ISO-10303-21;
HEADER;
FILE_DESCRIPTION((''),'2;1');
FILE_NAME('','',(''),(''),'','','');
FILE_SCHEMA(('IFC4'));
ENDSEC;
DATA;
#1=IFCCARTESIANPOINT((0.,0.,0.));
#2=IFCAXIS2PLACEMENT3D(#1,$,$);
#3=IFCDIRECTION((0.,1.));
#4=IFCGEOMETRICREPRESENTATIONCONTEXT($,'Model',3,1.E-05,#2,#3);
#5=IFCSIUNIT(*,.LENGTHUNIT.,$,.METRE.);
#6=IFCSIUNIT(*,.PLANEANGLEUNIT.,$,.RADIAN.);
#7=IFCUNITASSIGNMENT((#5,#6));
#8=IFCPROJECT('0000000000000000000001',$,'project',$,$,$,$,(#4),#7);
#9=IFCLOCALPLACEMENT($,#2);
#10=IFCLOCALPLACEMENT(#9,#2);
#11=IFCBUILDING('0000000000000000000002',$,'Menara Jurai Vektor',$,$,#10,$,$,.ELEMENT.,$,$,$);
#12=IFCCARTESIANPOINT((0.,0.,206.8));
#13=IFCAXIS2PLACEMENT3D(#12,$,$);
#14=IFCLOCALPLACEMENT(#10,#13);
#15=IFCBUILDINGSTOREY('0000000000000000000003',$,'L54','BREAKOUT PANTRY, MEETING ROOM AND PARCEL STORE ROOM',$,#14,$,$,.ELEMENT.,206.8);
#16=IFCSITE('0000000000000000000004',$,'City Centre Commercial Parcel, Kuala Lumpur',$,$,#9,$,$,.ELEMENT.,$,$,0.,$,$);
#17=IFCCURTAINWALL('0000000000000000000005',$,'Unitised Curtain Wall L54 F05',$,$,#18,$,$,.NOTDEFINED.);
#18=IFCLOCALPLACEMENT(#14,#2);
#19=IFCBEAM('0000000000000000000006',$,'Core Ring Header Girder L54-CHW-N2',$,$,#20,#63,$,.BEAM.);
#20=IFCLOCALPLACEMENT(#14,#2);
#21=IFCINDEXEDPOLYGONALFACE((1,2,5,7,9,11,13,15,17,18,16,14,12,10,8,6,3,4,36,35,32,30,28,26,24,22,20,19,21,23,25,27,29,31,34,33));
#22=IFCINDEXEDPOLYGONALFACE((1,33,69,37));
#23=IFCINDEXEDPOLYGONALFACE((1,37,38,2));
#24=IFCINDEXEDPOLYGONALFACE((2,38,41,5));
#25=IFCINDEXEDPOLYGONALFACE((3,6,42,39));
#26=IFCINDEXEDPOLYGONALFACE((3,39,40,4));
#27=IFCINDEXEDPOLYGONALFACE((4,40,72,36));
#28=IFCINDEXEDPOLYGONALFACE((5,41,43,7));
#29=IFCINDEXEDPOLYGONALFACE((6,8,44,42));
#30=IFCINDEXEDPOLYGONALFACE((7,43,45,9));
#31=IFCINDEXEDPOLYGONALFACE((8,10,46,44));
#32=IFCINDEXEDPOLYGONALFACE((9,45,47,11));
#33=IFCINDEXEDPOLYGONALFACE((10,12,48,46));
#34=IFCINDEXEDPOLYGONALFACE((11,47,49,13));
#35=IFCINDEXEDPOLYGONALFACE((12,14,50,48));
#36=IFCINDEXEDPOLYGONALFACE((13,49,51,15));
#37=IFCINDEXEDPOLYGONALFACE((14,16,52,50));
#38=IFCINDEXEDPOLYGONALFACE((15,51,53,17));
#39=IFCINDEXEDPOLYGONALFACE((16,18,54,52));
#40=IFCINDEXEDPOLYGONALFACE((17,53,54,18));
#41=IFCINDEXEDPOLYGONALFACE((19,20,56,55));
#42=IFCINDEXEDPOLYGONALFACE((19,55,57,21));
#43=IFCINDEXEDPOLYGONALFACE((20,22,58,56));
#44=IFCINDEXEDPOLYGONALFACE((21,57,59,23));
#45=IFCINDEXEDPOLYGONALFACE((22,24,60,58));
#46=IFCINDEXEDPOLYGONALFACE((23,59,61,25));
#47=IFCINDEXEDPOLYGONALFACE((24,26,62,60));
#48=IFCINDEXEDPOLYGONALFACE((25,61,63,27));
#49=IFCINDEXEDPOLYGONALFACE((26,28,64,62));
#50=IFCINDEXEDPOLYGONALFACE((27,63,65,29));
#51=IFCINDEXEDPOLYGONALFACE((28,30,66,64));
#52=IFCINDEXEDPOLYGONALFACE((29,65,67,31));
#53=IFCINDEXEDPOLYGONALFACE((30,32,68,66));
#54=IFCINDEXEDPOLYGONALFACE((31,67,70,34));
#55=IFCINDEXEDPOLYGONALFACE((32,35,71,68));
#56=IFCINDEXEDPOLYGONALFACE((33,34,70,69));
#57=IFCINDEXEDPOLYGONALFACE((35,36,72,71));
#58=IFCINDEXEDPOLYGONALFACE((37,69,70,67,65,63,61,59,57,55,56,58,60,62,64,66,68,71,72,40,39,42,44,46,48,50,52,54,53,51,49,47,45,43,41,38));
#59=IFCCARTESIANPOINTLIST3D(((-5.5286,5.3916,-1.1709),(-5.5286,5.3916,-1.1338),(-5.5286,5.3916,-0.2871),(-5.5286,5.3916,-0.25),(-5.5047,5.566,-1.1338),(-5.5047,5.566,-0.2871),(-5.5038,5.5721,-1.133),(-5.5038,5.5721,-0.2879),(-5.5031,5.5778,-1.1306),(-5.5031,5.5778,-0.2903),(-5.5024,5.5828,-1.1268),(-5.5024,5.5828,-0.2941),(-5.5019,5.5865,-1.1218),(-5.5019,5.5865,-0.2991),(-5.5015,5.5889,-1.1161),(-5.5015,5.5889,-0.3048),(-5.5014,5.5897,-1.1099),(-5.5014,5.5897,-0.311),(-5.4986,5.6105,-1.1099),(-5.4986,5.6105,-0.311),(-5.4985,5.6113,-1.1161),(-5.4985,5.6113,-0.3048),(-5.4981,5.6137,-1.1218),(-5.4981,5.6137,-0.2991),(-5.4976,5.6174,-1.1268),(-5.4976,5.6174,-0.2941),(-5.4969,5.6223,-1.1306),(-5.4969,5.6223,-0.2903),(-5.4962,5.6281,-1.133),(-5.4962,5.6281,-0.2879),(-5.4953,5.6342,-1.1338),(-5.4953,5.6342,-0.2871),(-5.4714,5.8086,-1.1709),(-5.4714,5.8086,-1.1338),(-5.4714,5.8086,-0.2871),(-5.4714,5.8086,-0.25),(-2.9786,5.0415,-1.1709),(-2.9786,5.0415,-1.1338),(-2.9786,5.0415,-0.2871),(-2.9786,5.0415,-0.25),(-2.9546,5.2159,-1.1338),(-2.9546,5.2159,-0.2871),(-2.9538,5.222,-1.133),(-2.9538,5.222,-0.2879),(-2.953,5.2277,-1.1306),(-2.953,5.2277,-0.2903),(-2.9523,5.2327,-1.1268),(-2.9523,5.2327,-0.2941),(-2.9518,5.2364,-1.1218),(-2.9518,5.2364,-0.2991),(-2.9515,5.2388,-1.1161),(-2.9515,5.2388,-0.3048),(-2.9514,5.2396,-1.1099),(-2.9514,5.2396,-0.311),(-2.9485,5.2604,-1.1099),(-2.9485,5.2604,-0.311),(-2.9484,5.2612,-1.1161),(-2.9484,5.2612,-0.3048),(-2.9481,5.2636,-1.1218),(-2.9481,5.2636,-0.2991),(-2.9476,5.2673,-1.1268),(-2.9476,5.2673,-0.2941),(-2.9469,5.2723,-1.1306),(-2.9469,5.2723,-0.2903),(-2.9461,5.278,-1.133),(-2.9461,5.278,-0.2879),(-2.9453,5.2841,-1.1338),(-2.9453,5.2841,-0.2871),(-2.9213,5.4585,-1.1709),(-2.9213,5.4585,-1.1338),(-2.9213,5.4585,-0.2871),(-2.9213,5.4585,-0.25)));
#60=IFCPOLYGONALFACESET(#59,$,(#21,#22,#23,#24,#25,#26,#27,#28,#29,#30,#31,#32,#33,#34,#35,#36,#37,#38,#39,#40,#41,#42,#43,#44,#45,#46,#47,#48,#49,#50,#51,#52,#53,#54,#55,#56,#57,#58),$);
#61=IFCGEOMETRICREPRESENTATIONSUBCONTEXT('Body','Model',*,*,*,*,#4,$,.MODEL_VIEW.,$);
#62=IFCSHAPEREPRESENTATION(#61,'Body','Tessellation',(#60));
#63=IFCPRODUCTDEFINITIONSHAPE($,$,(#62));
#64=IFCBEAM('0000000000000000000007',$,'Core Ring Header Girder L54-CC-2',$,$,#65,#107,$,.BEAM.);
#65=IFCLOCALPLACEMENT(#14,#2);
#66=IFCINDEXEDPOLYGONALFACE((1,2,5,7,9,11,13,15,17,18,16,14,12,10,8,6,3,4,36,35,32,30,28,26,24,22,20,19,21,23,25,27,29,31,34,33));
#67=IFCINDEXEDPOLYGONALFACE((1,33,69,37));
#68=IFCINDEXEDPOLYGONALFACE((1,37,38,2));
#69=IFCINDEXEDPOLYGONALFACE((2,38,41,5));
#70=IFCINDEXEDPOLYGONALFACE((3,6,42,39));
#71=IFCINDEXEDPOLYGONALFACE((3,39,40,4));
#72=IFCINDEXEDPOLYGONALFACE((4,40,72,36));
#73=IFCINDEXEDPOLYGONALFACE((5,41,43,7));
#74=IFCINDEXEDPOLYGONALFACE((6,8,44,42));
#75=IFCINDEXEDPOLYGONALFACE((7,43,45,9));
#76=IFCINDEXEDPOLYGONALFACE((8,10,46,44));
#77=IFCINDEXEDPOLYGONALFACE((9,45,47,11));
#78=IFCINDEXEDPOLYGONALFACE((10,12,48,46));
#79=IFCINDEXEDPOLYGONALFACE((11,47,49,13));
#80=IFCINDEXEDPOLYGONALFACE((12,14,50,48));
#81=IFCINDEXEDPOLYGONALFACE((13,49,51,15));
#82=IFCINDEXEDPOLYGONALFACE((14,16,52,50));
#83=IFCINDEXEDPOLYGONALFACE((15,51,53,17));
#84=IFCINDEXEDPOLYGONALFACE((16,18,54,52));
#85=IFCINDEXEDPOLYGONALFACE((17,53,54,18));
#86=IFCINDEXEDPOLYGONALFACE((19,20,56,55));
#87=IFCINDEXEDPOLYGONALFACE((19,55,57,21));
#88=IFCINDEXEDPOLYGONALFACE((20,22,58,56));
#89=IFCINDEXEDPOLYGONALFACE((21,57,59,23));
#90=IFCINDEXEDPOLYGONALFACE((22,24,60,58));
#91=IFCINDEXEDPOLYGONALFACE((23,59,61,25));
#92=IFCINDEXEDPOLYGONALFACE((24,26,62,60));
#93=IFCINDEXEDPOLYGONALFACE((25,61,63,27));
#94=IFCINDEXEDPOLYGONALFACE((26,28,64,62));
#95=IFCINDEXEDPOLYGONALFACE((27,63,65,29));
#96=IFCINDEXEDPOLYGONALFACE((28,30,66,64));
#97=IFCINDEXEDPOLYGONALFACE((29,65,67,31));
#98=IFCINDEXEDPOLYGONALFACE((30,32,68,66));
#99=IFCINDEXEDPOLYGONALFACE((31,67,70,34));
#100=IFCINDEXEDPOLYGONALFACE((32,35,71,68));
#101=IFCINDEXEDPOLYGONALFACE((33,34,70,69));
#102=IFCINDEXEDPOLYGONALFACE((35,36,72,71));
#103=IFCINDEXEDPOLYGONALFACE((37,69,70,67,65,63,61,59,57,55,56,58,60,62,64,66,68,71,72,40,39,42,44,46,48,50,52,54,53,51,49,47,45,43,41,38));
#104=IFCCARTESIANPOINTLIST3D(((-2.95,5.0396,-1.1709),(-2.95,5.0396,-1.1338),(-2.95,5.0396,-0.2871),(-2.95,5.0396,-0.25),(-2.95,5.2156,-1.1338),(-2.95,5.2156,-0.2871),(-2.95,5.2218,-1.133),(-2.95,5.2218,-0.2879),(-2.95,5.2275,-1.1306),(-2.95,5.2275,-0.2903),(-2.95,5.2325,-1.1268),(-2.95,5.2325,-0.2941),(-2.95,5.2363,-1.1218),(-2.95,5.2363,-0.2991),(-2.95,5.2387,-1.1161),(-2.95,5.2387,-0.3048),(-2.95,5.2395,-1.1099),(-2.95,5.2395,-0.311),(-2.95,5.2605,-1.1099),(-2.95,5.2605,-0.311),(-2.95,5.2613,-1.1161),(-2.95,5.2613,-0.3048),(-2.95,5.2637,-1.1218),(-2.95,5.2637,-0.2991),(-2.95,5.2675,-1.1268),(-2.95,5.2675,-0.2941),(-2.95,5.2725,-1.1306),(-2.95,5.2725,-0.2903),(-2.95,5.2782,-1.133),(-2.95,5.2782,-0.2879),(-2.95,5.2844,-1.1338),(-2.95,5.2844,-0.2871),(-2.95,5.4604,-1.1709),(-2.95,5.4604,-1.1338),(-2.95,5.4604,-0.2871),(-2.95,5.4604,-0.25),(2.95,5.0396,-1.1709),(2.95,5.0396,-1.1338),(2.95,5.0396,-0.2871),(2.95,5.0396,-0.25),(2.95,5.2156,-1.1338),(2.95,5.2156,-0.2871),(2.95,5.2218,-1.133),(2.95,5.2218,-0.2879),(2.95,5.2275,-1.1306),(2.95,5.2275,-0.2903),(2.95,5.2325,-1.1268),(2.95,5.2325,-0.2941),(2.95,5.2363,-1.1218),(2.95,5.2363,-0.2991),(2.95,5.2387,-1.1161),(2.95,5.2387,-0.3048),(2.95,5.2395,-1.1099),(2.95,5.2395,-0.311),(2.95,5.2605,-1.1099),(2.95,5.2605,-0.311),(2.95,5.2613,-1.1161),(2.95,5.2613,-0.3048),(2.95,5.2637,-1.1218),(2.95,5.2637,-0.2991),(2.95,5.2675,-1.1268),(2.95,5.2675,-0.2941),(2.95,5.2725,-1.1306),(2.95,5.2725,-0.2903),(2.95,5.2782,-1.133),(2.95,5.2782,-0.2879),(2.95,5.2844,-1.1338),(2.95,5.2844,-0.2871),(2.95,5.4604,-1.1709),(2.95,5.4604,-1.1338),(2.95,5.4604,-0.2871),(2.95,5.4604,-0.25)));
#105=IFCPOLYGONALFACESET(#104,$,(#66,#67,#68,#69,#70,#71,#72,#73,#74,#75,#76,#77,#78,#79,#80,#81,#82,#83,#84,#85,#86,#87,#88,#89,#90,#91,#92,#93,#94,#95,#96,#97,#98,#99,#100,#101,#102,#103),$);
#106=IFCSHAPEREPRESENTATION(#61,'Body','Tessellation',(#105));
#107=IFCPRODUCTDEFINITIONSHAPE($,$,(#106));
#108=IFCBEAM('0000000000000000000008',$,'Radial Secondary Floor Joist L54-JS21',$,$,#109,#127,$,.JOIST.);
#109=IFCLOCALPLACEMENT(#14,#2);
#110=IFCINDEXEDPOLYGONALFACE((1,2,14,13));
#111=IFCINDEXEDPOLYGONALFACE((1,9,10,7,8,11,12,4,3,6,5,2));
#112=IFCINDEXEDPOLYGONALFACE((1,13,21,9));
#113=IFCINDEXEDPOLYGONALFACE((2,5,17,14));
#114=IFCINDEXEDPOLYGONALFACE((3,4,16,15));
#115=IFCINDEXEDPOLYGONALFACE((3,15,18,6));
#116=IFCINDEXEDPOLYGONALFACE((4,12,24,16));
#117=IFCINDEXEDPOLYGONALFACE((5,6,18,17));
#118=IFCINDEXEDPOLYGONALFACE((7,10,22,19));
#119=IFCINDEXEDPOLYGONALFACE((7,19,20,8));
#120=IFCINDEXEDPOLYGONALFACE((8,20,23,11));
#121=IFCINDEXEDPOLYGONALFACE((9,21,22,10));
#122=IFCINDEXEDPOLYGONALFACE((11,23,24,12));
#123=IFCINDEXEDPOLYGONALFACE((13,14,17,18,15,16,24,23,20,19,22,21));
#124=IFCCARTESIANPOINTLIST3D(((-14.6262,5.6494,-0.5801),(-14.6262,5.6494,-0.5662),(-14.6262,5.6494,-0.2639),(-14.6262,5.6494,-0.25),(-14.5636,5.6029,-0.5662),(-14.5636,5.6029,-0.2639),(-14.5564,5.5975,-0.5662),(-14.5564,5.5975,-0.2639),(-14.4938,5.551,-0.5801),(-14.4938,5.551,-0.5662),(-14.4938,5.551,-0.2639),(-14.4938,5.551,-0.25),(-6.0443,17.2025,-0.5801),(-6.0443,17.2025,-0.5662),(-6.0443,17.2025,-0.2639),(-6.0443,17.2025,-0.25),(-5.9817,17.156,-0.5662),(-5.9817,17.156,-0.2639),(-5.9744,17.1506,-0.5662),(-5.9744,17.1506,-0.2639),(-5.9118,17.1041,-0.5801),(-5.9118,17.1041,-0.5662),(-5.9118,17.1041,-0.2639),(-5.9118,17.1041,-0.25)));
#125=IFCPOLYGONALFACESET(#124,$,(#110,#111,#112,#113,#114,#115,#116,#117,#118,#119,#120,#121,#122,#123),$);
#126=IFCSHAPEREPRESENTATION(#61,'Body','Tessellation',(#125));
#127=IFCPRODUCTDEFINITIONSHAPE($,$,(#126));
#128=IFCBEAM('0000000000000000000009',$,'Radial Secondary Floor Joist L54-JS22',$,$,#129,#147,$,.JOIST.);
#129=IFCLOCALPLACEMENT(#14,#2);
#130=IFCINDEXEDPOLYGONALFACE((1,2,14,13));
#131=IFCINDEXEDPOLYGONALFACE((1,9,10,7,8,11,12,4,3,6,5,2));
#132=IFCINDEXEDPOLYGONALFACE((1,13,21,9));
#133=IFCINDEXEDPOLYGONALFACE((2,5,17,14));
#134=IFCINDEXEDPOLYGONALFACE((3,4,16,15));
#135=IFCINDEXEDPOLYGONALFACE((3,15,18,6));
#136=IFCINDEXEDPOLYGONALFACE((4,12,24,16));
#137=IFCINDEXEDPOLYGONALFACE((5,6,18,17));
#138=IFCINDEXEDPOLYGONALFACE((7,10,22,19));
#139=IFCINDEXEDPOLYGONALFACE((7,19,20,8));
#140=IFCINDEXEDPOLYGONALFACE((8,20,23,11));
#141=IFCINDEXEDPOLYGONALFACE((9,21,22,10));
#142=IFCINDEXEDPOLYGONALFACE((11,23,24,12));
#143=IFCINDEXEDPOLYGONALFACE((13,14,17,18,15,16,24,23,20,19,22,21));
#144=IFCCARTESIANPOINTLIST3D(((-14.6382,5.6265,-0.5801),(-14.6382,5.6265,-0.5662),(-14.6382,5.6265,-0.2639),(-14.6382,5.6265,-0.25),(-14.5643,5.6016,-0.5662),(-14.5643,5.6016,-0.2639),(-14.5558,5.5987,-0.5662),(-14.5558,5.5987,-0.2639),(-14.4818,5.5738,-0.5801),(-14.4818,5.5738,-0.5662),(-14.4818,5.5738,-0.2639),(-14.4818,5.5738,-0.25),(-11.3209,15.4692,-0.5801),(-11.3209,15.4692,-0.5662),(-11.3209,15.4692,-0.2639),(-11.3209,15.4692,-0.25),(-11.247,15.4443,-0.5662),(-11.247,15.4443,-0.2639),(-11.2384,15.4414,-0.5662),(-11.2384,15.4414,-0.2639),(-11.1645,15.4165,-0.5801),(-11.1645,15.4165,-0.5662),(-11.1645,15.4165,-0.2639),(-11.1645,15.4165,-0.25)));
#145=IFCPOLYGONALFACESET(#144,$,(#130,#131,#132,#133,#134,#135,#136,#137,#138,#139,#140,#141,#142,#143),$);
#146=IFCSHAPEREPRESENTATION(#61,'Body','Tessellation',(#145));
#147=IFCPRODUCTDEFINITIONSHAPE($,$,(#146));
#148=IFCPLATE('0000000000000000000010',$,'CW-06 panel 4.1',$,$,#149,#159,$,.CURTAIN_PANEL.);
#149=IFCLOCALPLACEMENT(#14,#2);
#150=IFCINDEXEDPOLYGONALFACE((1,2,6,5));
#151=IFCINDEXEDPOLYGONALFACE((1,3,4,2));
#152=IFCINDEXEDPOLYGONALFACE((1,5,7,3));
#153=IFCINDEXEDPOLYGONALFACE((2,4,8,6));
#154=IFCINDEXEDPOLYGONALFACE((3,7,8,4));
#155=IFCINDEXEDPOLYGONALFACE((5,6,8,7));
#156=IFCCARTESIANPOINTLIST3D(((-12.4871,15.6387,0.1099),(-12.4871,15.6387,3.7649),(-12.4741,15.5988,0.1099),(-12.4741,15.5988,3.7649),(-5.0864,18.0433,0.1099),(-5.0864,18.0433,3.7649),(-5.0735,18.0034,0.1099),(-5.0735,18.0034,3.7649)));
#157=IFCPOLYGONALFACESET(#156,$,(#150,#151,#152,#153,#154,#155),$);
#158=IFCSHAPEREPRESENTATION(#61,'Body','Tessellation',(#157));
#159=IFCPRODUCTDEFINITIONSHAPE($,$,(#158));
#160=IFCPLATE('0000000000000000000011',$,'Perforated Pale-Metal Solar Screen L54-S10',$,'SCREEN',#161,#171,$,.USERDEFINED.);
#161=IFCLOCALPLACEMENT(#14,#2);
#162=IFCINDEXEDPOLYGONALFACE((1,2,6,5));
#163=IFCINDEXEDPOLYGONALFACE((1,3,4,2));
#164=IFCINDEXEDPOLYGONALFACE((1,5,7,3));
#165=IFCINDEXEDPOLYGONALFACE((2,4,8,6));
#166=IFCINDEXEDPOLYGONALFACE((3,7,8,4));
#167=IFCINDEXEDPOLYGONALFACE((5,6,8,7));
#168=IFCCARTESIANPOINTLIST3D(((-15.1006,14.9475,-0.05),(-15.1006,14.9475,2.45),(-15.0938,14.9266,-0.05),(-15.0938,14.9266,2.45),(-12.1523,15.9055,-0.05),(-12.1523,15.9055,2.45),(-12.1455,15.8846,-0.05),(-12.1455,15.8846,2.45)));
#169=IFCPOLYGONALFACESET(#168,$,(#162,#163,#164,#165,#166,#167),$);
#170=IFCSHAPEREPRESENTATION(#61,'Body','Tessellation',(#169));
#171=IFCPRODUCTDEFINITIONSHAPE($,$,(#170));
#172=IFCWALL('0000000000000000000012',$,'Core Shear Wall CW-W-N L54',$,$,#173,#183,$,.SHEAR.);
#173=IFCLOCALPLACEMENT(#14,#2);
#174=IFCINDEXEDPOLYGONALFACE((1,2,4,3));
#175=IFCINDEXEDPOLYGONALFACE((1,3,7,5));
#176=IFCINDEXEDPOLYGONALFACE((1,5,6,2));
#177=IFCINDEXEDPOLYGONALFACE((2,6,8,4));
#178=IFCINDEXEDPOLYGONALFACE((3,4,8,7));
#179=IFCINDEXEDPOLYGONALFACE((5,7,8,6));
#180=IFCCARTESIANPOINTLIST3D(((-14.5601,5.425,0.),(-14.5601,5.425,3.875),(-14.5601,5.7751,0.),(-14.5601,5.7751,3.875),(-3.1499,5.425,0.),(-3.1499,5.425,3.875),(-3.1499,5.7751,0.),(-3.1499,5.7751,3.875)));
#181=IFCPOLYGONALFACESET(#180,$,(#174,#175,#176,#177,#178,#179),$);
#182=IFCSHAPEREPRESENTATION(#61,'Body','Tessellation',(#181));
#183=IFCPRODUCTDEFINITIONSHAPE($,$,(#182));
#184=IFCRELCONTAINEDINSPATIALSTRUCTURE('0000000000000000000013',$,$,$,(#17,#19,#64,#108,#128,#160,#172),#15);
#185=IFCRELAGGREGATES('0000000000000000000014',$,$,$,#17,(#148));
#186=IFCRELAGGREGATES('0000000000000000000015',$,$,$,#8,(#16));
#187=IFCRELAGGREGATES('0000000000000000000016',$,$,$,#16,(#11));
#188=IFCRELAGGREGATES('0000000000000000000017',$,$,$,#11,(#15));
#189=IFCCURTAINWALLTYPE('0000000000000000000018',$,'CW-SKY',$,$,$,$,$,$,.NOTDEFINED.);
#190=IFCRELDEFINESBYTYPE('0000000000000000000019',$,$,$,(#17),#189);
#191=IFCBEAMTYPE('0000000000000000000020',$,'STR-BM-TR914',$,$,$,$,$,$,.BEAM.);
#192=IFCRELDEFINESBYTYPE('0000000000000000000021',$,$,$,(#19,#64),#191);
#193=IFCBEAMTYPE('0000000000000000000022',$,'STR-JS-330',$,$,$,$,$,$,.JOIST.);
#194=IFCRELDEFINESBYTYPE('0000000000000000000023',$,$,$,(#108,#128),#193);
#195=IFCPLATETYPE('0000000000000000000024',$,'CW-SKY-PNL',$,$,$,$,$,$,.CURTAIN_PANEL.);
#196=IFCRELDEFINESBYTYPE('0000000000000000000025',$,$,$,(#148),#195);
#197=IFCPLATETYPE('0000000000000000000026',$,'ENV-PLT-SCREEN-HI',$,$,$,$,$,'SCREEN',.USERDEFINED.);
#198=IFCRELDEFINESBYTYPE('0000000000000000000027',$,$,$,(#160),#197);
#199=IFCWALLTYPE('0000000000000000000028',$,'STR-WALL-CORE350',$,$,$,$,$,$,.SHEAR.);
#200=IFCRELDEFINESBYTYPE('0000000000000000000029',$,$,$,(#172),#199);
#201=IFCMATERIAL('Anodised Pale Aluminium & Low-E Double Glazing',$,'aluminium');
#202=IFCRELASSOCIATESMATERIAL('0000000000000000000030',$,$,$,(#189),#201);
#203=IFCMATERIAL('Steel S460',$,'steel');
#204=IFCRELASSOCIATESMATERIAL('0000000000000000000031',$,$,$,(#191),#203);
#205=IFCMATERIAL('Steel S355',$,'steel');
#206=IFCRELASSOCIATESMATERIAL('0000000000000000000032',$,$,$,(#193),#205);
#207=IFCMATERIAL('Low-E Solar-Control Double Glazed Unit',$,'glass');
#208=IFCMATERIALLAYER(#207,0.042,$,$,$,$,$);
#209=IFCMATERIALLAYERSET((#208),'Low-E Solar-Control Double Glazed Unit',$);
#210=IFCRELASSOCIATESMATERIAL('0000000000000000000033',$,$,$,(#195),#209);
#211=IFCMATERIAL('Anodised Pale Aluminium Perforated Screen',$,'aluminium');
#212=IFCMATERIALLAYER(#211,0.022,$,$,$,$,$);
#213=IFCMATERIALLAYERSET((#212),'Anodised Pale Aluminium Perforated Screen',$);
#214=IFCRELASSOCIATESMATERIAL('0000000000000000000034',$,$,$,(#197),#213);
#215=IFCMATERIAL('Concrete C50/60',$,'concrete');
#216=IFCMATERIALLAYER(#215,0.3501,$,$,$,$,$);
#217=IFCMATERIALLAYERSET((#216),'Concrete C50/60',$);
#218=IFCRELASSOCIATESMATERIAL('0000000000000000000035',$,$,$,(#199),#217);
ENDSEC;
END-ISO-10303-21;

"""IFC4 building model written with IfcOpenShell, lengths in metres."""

from ifc_helpers import new_model, si_unit, direction, frame, frame_2d, origin, origin_2d, place, context, subcontext, project, spatial, rectangle, i_section, extrude, material, layer, layer_set, material_profile, profile_set, type_object, element, aggregate, save


model = new_model("IFC4")

# Units and contexts
model_context = context("Model", 3, precision=1e-05, world=origin(), true_north=direction((0.0, 1.0)))
body_context = subcontext(model_context, "Body", "Model", "MODEL_VIEW")
ifc_project = project(units=[si_unit("LENGTHUNIT", "METRE"), si_unit("PLANEANGLEUNIT", "RADIAN")], contexts=[model_context])

# Site, building, storey
site_placement = place(None, origin())
site = spatial("IfcSite", under=ifc_project, at=site_placement, Name="City Centre Commercial Parcel, Kuala Lumpur", CompositionType="ELEMENT", RefElevation=0.0)
building_placement = place(site_placement, origin())
building = spatial("IfcBuilding", under=site, at=building_placement, Name="Menara Jurai Vektor", CompositionType="ELEMENT")
storey_placement = place(building_placement, frame((0.0, 0.0, 206.8)))
storey = spatial("IfcBuildingStorey", under=building, at=storey_placement, Name="L54", Description="BREAKOUT PANTRY, MEETING ROOM AND PARCEL STORE ROOM", CompositionType="ELEMENT", Elevation=206.8)

# Shared definitions
ifc_material_1 = material(Name="Concrete C50/60", Category="concrete")
ifc_material_2 = material(Name="Steel S355", Category="steel")
ifc_material_3 = material(Name="Steel S460", Category="steel")

# Curtain wall
ifc_material_4 = material(Name="Anodised Pale Aluminium & Low-E Double Glazing", Category="aluminium")
curtain_wall_type = type_object("IfcCurtainWallType", Name="CW-SKY", PredefinedType="NOTDEFINED", material=ifc_material_4)
curtain_wall_placement = place(storey_placement, origin())
curtain_wall = element("IfcCurtainWall", 1, at=curtain_wall_placement, inside=storey, type_object=curtain_wall_type, Name="Unitised Curtain Wall L54 F05", PredefinedType="NOTDEFINED")

# Beams
ifc_material_profile_1 = material_profile(ifc_material_3, i_section(OverallWidth=0.4209, OverallDepth=0.9209, WebThickness=0.021, FlangeThickness=0.0371, FilletRadius=0.0239, at=origin_2d()), Name="UKB 914x419x388")
ifc_profile_set_1 = profile_set([ifc_material_profile_1], Name="Steel S460")
beam_type_1 = type_object("IfcBeamType", Name="STR-BM-TR914", PredefinedType="BEAM", material=ifc_profile_set_1)
beam_1_placement = place(storey_placement, frame((-5.5, 5.6001, -0.7104), z_axis=(0.990707, -0.136015, 0.0), x_axis=(0.136015, 0.990707, 0.0)))
element("IfcBeam", 2, at=beam_1_placement, inside=storey, type_object=beam_type_1, Name="Core Ring Header Girder L54-CHW-N2", PredefinedType="BEAM", context=body_context, shape_type="SweptSolid", body=[
    extrude(i_section(OverallWidth=0.4209, OverallDepth=0.9209, WebThickness=0.021, FlangeThickness=0.0371, FilletRadius=0.0239, at=origin_2d()), origin(), (0.0, 0.0, 1.0), 2.574),
])
beam_2_placement = place(storey_placement, frame((-2.95, 5.25, -0.7104), z_axis=(1.0, 0.0, 0.0), x_axis=(0.0, 1.0, 0.0)))
element("IfcBeam", 3, at=beam_2_placement, inside=storey, type_object=beam_type_1, Name="Core Ring Header Girder L54-CC-2", PredefinedType="BEAM", context=body_context, shape_type="SweptSolid", body=[
    extrude(i_section(OverallWidth=0.4209, OverallDepth=0.9209, WebThickness=0.021, FlangeThickness=0.0371, FilletRadius=0.0239, at=origin_2d()), origin(), (0.0, 0.0, 1.0), 5.8999),
])
ifc_material_profile_2 = material_profile(ifc_material_2, i_section(OverallWidth=0.165, OverallDepth=0.3301, WebThickness=0.009, FlangeThickness=0.0139, at=origin_2d()), Name="PG 330x165x46")
ifc_profile_set_2 = profile_set([ifc_material_profile_2], Name="Steel S355")
beam_type_2 = type_object("IfcBeamType", Name="STR-JS-330", PredefinedType="JOIST", material=ifc_profile_set_2)
beam_3_placement = place(storey_placement, frame((-5.978, 17.1533, -0.415), z_axis=(-0.596308, -0.802756, 0.0), x_axis=(0.802756, -0.596308, 0.0)))
element("IfcBeam", 4, at=beam_3_placement, inside=storey, type_object=beam_type_2, Name="Radial Secondary Floor Joist L54-JS21", PredefinedType="JOIST", context=body_context, shape_type="SweptSolid", body=[
    extrude(i_section(OverallWidth=0.165, OverallDepth=0.3301, WebThickness=0.009, FlangeThickness=0.0139, at=origin_2d()), origin(), (0.0, 0.0, 1.0), 14.3918),
])
beam_4_placement = place(storey_placement, frame((-11.2427, 15.4429, -0.415), z_axis=(-0.319385, -0.947625, 0.0), x_axis=(0.947625, -0.319385, 0.0)))
element("IfcBeam", 5, at=beam_4_placement, inside=storey, type_object=beam_type_2, Name="Radial Secondary Floor Joist L54-JS22", PredefinedType="JOIST", context=body_context, shape_type="SweptSolid", body=[
    extrude(i_section(OverallWidth=0.165, OverallDepth=0.3301, WebThickness=0.009, FlangeThickness=0.0139, at=origin_2d()), origin(), (0.0, 0.0, 1.0), 10.3867),
])

# Plates
ifc_material_5 = material(Name="Low-E Solar-Control Double Glazed Unit", Category="glass")
ifc_layer_1 = layer(ifc_material_5, 0.042)
ifc_layer_set_1 = layer_set([ifc_layer_1], Name="Low-E Solar-Control Double Glazed Unit")
plate_type_1 = type_object("IfcPlateType", Name="CW-SKY-PNL", PredefinedType="CURTAIN_PANEL", material=ifc_layer_set_1)
plate_1_placement = place(storey_placement, frame((-8.7803, 16.821, 0.1099), z_axis=(0.0, 0.0, 1.0), x_axis=(-0.951056, -0.309017, 0.0)))
plate_1 = element("IfcPlate", 6, at=plate_1_placement, type_object=plate_type_1, Name="CW-06 panel 4.1", PredefinedType="CURTAIN_PANEL", context=body_context, shape_type="SweptSolid", body=[
    extrude(rectangle(XDim=7.7815, YDim=0.042, at=origin_2d()), origin(), (0.0, 0.0, 1.0), 3.655),
])
aggregate(curtain_wall, [plate_1])
ifc_material_6 = material(Name="Anodised Pale Aluminium Perforated Screen", Category="aluminium")
ifc_layer_2 = layer(ifc_material_6, 0.022)
ifc_layer_set_2 = layer_set([ifc_layer_2], Name="Anodised Pale Aluminium Perforated Screen")
plate_type_2 = type_object("IfcPlateType", Name="ENV-PLT-SCREEN-HI", ElementType="SCREEN", PredefinedType="USERDEFINED", material=ifc_layer_set_2)
plate_2_placement = place(storey_placement, frame((-13.623, 15.416, -0.05), z_axis=(0.0, 0.0, 1.0), x_axis=(-0.951057, -0.309017, 0.0)))
element("IfcPlate", 7, at=plate_2_placement, inside=storey, type_object=plate_type_2, Name="Perforated Pale-Metal Solar Screen L54-S10", ObjectType="SCREEN", PredefinedType="USERDEFINED", context=body_context, shape_type="SweptSolid", body=[
    extrude(rectangle(XDim=3.1001, YDim=0.022, at=origin_2d()), origin(), (0.0, 0.0, 1.0), 2.5),
])

# Wall
ifc_layer_3 = layer(ifc_material_1, 0.3501)
ifc_layer_set_3 = layer_set([ifc_layer_3], Name="Concrete C50/60")
wall_type = type_object("IfcWallType", Name="STR-WALL-CORE350", PredefinedType="SHEAR", material=ifc_layer_set_3)
wall_placement = place(storey_placement, frame((-14.5601, 5.6001, 0.0), z_axis=(0.0, 0.0, 1.0), x_axis=(1.0, 0.0, 0.0)))
element("IfcWall", 8, at=wall_placement, inside=storey, type_object=wall_type, Name="Core Shear Wall CW-W-N L54", PredefinedType="SHEAR", context=body_context, shape_type="SweptSolid", body=[
    extrude(rectangle(XDim=11.4102, YDim=0.3501, at=frame_2d((5.7051, 0.0))), origin(), (0.0, 0.0, 1.0), 3.875),
])

save(model, "model.ifc")
